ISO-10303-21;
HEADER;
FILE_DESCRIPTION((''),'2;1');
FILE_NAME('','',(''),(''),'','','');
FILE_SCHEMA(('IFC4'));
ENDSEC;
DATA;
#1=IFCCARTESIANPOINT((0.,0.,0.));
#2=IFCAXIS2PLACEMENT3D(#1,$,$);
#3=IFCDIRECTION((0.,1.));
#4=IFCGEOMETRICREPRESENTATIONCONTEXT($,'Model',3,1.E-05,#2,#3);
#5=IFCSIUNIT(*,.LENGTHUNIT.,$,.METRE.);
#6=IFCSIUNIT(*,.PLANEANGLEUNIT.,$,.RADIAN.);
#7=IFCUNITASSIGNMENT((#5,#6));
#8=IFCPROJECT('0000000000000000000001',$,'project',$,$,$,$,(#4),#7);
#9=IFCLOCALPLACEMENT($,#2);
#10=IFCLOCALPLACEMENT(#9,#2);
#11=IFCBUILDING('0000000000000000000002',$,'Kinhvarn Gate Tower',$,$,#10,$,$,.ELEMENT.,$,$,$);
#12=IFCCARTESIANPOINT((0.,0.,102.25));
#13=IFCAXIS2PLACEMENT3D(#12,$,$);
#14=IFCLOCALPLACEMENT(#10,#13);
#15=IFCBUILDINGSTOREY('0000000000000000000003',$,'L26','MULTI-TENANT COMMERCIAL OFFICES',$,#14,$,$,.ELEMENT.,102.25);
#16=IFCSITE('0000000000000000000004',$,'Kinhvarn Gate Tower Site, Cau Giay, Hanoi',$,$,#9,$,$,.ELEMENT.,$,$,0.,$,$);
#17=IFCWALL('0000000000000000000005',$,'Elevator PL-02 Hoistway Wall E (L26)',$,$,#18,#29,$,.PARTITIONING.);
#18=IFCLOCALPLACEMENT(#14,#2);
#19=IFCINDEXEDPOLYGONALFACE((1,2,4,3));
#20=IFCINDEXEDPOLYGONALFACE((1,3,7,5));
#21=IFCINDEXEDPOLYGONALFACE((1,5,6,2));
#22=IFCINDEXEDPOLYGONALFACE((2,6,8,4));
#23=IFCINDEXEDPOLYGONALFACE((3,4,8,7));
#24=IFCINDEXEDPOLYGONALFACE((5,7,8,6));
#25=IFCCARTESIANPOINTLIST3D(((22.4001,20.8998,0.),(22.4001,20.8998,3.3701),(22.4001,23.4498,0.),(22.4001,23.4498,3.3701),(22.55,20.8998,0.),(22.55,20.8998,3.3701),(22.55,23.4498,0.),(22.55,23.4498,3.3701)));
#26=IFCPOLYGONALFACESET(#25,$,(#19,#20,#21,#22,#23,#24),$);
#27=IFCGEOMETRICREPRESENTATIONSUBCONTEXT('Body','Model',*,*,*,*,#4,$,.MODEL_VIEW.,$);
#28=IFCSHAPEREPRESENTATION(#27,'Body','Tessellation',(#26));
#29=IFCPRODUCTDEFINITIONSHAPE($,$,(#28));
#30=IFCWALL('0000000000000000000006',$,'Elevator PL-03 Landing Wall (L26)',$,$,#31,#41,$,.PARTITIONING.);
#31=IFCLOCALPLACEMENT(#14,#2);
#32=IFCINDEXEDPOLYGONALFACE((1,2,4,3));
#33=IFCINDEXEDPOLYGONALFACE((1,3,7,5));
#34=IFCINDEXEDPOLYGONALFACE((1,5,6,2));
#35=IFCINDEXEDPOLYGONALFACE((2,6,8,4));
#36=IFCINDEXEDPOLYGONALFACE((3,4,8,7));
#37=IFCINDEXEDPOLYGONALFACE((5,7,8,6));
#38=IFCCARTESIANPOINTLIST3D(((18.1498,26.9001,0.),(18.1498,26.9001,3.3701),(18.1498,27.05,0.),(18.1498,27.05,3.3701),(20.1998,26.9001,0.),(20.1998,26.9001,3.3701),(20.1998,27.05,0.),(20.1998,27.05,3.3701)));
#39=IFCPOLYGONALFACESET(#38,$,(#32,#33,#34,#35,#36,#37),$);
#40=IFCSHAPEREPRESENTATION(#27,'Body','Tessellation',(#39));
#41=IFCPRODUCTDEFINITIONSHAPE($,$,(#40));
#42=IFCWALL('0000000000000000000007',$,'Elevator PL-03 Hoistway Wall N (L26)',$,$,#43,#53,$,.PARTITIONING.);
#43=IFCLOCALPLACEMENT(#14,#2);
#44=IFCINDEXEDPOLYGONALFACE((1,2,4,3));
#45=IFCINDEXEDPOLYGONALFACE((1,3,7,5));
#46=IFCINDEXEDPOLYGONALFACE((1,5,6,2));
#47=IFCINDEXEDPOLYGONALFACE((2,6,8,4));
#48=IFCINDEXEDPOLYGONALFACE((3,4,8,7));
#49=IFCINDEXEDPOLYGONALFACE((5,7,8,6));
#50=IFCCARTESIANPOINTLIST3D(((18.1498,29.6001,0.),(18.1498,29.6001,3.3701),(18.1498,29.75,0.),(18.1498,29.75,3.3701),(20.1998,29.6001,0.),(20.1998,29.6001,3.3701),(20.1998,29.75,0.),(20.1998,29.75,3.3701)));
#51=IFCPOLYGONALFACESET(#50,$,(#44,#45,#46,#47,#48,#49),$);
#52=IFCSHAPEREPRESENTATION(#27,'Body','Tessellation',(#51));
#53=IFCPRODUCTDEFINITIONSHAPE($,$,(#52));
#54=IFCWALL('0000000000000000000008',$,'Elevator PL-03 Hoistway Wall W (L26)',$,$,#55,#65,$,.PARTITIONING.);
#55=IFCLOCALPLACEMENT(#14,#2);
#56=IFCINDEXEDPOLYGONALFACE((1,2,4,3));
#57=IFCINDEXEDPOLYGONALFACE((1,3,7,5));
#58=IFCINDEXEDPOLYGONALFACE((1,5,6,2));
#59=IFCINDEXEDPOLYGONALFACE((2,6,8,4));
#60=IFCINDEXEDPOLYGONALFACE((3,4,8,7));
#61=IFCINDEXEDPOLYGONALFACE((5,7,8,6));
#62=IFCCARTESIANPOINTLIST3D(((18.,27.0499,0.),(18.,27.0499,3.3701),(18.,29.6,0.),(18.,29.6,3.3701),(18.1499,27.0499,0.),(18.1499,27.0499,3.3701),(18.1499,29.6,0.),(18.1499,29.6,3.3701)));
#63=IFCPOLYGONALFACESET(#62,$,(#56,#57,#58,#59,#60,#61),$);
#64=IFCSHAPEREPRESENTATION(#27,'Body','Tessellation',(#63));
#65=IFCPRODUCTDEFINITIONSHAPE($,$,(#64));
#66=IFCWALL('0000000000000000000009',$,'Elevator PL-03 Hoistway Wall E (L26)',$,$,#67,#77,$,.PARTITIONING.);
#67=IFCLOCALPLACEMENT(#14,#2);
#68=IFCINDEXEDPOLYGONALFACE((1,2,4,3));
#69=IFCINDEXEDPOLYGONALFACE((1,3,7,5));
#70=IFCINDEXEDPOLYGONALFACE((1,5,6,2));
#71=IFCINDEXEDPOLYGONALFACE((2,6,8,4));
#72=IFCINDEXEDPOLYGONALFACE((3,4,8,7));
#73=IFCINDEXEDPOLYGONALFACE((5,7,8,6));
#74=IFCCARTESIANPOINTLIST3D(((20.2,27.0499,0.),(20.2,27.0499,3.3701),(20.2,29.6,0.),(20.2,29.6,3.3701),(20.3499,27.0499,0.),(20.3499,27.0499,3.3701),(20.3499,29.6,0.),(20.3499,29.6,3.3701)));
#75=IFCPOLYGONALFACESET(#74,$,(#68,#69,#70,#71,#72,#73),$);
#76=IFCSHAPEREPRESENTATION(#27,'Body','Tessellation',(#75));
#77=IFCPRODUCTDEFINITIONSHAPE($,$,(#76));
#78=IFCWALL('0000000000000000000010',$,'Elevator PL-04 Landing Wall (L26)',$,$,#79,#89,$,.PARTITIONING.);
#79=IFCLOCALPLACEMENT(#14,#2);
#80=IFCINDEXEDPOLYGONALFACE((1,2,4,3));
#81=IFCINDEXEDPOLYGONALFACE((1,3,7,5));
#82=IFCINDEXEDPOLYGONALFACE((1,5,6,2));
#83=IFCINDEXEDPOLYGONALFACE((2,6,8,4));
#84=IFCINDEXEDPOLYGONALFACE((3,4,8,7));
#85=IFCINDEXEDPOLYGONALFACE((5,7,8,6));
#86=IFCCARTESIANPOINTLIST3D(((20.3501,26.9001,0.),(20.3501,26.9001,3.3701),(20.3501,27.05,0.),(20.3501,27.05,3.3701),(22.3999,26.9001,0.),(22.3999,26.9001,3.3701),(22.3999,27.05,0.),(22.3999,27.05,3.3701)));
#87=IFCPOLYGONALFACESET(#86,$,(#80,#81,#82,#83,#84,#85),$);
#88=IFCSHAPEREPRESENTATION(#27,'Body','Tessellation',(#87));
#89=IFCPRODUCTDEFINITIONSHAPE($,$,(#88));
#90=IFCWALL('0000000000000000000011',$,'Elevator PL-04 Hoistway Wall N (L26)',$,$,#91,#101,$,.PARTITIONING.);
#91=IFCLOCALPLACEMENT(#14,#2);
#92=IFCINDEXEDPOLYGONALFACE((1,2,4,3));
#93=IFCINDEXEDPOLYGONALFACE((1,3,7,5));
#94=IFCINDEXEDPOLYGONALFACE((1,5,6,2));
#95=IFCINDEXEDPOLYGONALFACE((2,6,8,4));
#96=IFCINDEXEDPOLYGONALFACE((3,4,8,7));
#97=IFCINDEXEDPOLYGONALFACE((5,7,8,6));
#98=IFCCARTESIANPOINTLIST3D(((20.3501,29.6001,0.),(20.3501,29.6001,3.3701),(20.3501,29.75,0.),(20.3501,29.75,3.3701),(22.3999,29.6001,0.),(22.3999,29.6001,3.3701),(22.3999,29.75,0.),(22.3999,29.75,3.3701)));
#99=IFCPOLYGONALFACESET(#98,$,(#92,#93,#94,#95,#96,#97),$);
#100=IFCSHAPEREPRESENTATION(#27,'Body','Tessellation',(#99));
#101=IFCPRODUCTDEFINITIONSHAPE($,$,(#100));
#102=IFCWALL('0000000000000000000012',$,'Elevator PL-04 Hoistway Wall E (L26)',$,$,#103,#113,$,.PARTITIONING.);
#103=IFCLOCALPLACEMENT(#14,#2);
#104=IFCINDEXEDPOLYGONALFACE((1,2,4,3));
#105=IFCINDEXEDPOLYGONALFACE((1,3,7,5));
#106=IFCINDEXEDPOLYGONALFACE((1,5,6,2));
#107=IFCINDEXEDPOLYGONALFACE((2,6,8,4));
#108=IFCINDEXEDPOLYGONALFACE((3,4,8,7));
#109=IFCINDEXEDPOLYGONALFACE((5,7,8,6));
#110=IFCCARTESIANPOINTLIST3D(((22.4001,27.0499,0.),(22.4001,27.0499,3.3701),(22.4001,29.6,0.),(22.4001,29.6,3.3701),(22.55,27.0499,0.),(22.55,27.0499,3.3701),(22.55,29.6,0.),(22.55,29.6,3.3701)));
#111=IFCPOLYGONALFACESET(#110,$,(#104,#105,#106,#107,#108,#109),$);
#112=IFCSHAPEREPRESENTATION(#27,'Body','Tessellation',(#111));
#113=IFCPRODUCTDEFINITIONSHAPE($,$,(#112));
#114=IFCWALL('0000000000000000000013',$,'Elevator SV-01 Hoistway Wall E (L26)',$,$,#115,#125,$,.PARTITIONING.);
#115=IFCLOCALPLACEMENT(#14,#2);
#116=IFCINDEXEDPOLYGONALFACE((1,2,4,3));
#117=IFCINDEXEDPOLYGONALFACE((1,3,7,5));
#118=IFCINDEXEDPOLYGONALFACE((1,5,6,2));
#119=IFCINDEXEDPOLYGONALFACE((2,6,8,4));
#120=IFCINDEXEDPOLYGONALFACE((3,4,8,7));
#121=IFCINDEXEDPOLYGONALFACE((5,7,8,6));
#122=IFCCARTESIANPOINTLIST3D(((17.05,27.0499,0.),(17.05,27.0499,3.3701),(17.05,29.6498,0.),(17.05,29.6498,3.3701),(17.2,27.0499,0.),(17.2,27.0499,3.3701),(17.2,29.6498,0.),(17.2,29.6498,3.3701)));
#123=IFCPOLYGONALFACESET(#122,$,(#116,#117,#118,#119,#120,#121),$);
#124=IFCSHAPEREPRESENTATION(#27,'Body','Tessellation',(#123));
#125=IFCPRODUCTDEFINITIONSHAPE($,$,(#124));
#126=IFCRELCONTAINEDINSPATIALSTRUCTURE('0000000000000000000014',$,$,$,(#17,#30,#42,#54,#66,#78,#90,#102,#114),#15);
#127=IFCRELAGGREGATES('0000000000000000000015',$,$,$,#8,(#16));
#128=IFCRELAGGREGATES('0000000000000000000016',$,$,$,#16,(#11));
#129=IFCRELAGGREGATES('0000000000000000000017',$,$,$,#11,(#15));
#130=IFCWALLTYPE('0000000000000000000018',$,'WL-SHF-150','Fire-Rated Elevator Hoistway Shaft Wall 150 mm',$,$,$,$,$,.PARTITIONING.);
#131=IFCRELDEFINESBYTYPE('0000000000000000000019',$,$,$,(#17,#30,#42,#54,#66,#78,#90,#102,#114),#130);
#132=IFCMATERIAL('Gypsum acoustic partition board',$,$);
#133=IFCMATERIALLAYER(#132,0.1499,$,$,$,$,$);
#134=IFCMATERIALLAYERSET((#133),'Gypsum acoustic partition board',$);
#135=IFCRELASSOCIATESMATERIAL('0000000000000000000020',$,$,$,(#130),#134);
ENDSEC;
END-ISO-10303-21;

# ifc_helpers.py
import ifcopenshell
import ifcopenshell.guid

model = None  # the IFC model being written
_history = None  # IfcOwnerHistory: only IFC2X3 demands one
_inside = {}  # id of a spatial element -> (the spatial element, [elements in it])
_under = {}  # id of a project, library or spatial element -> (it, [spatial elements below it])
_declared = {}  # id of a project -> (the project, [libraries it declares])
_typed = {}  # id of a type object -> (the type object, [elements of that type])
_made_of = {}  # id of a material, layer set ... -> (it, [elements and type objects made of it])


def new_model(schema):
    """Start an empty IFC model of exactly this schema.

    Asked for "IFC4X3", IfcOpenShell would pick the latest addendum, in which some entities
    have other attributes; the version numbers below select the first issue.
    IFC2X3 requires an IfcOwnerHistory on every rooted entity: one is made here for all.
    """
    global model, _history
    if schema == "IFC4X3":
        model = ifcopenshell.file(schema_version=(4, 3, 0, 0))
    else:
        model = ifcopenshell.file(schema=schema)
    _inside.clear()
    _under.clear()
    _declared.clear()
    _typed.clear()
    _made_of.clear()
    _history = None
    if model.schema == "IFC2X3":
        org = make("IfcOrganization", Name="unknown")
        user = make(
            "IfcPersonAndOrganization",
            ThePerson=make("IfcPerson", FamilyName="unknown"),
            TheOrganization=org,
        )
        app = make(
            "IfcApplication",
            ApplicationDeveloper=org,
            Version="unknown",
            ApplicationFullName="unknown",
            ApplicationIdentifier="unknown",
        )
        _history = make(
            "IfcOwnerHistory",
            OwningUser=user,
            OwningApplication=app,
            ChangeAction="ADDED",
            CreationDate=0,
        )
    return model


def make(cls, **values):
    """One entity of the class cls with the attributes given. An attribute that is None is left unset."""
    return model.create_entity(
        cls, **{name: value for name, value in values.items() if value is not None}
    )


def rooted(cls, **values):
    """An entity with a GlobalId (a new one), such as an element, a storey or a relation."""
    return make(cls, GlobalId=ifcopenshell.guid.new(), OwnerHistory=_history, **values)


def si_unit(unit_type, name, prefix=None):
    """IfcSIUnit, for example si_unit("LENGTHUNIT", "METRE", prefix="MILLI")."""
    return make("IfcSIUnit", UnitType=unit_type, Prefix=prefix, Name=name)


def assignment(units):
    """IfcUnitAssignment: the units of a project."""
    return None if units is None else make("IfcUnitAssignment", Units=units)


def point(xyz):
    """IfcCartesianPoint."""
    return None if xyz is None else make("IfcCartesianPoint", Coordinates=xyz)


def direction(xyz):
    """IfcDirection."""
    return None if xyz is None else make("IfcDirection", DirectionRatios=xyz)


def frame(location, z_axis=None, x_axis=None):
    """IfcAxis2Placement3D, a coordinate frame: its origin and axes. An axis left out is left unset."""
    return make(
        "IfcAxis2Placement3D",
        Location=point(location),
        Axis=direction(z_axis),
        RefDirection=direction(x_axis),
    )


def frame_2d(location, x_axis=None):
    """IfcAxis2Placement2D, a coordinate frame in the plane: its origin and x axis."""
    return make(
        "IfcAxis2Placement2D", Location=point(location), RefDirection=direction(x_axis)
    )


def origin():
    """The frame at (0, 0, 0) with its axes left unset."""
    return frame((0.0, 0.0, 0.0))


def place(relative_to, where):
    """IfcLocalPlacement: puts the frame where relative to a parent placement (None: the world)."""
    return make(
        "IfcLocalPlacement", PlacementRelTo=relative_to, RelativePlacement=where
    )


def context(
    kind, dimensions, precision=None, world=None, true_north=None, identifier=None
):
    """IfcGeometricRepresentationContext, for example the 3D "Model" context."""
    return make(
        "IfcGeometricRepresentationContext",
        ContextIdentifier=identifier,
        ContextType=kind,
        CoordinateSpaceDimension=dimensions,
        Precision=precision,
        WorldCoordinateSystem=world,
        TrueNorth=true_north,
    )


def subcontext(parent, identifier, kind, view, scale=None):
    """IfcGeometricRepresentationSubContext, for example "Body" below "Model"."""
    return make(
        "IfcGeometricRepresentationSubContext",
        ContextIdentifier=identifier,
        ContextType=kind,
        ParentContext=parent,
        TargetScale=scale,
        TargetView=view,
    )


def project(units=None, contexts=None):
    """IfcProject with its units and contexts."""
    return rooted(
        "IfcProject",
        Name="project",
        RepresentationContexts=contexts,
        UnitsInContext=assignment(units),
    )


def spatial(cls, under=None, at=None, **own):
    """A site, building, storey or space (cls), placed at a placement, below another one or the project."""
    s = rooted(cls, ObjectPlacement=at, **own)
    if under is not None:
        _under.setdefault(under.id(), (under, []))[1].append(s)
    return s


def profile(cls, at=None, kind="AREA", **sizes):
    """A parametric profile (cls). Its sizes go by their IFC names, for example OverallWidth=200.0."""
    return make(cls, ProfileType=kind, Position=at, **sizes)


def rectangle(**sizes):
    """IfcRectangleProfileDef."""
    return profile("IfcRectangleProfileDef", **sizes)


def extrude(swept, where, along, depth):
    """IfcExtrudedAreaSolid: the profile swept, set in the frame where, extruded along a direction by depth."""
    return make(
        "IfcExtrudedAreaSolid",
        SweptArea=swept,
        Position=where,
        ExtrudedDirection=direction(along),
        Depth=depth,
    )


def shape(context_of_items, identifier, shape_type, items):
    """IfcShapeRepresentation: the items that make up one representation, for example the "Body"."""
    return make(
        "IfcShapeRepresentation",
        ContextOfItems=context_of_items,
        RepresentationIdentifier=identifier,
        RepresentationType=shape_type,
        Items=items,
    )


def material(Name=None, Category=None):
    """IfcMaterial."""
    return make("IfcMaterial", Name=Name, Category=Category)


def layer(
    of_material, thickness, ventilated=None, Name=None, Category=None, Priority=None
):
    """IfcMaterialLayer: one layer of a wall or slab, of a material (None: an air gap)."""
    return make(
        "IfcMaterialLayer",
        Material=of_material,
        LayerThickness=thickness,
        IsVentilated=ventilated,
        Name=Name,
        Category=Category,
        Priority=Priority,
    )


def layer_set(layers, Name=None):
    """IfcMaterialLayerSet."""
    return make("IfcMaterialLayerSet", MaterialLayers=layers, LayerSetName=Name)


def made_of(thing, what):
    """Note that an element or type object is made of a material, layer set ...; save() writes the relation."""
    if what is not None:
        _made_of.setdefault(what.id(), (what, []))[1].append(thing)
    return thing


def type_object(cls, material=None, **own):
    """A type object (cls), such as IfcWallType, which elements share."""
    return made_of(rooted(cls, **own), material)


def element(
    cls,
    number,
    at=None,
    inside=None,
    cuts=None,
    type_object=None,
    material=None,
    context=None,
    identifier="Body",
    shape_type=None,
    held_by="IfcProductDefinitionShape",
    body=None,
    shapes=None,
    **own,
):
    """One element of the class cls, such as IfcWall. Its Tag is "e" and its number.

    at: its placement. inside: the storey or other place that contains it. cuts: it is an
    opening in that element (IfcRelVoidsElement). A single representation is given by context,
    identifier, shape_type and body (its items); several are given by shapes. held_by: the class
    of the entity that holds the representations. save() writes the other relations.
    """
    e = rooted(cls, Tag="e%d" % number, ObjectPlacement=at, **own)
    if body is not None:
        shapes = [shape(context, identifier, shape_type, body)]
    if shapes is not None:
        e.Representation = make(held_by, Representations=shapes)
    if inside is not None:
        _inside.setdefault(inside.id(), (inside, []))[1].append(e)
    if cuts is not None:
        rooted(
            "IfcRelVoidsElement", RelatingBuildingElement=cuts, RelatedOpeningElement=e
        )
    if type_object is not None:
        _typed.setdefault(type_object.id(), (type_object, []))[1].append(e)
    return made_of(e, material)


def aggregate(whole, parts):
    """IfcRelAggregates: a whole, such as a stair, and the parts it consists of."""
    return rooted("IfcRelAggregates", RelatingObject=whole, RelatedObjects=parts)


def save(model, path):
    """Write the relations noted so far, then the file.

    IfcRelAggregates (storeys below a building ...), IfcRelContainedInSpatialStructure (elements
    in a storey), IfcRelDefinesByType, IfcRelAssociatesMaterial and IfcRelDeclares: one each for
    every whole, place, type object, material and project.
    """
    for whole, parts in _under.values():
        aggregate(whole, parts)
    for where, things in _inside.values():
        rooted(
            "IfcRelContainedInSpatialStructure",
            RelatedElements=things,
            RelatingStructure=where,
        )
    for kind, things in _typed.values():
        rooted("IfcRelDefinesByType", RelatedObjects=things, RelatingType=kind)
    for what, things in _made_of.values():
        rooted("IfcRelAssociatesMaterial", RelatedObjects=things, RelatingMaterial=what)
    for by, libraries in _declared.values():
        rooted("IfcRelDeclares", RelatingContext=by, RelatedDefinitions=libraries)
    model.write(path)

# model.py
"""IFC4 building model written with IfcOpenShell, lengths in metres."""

from ifc_helpers import new_model, si_unit, direction, frame, frame_2d, origin, place, context, subcontext, project, spatial, rectangle, extrude, material, layer, layer_set, type_object, element, save


model = new_model("IFC4")

# Units and contexts
model_context = context("Model", 3, precision=1e-05, world=origin(), true_north=direction((0.0, 1.0)))
body_context = subcontext(model_context, "Body", "Model", "MODEL_VIEW")
ifc_project = project(units=[si_unit("LENGTHUNIT", "METRE"), si_unit("PLANEANGLEUNIT", "RADIAN")], contexts=[model_context])

# Site, building, storey
site_placement = place(None, origin())
site = spatial("IfcSite", under=ifc_project, at=site_placement, Name="Kinhvarn Gate Tower Site, Cau Giay, Hanoi", CompositionType="ELEMENT", RefElevation=0.0)
building_placement = place(site_placement, origin())
building = spatial("IfcBuilding", under=site, at=building_placement, Name="Kinhvarn Gate Tower", CompositionType="ELEMENT")
storey_placement = place(building_placement, frame((0.0, 0.0, 102.25)))
storey = spatial("IfcBuildingStorey", under=building, at=storey_placement, Name="L26", Description="MULTI-TENANT COMMERCIAL OFFICES", CompositionType="ELEMENT", Elevation=102.25)

# Shared definitions
ifc_material_1 = material(Name="Gypsum acoustic partition board")

# Walls
ifc_layer_1 = layer(ifc_material_1, 0.1499)
ifc_layer_set_1 = layer_set([ifc_layer_1], Name="Gypsum acoustic partition board")
wall_type_1 = type_object("IfcWallType", Name="WL-SHF-150", Description="Fire-Rated Elevator Hoistway Shaft Wall 150 mm", PredefinedType="PARTITIONING", material=ifc_layer_set_1)
wall_1_placement = place(storey_placement, frame((22.4751, 20.8999, 0.0), z_axis=(0.0, 0.0, 1.0), x_axis=(0.0, 1.0, 0.0)))
element("IfcWall", 1, at=wall_1_placement, inside=storey, type_object=wall_type_1, Name="Elevator PL-02 Hoistway Wall E (L26)", PredefinedType="PARTITIONING", context=body_context, shape_type="SweptSolid", body=[
    extrude(rectangle(XDim=2.55, YDim=0.1499, at=frame_2d((1.2749, 0.0))), origin(), (0.0, 0.0, 1.0), 3.3701),
])
for number, where, z_axis, x_axis, name in (
    (2, (18.1499, 26.9751, 0.0), (0.0, 0.0, 1.0), (1.0, 0.0, 0.0), "Elevator PL-03 Landing Wall (L26)"),
    (3, (18.1499, 29.675, 0.0), (0.0, 0.0, 1.0), (1.0, 0.0, 0.0), "Elevator PL-03 Hoistway Wall N (L26)"),
):
    element("IfcWall", number, at=place(storey_placement, frame(where, z_axis=z_axis, x_axis=x_axis)), inside=storey, type_object=wall_type_1, Name=name, PredefinedType="PARTITIONING", context=body_context, shape_type="SweptSolid", body=[
        extrude(rectangle(XDim=2.05, YDim=0.1499, at=frame_2d((1.0249, 0.0))), origin(), (0.0, 0.0, 1.0), 3.3701),
    ])
for number, where, z_axis, x_axis, name in (
    (4, (18.075, 27.05, 0.0), (0.0, 0.0, 1.0), (0.0, 1.0, 0.0), "Elevator PL-03 Hoistway Wall W (L26)"),
    (5, (20.2749, 27.05, 0.0), (0.0, 0.0, 1.0), (0.0, 1.0, 0.0), "Elevator PL-03 Hoistway Wall E (L26)"),
):
    element("IfcWall", number, at=place(storey_placement, frame(where, z_axis=z_axis, x_axis=x_axis)), inside=storey, type_object=wall_type_1, Name=name, PredefinedType="PARTITIONING", context=body_context, shape_type="SweptSolid", body=[
        extrude(rectangle(XDim=2.55, YDim=0.1499, at=frame_2d((1.2749, 0.0))), origin(), (0.0, 0.0, 1.0), 3.3701),
    ])
for number, where, z_axis, x_axis, name in (
    (6, (20.3501, 26.9751, 0.0), (0.0, 0.0, 1.0), (1.0, 0.0, 0.0), "Elevator PL-04 Landing Wall (L26)"),
    (7, (20.3501, 29.675, 0.0), (0.0, 0.0, 1.0), (1.0, 0.0, 0.0), "Elevator PL-04 Hoistway Wall N (L26)"),
):
    element("IfcWall", number, at=place(storey_placement, frame(where, z_axis=z_axis, x_axis=x_axis)), inside=storey, type_object=wall_type_1, Name=name, PredefinedType="PARTITIONING", context=body_context, shape_type="SweptSolid", body=[
        extrude(rectangle(XDim=2.0498, YDim=0.1499, at=frame_2d((1.0249, 0.0))), origin(), (0.0, 0.0, 1.0), 3.3701),
    ])
wall_2_placement = place(storey_placement, frame((22.4751, 27.05, 0.0), z_axis=(0.0, 0.0, 1.0), x_axis=(0.0, 1.0, 0.0)))
element("IfcWall", 8, at=wall_2_placement, inside=storey, type_object=wall_type_1, Name="Elevator PL-04 Hoistway Wall E (L26)", PredefinedType="PARTITIONING", context=body_context, shape_type="SweptSolid", body=[
    extrude(rectangle(XDim=2.55, YDim=0.1499, at=frame_2d((1.2749, 0.0))), origin(), (0.0, 0.0, 1.0), 3.3701),
])
wall_3_placement = place(storey_placement, frame((17.125, 27.05, 0.0), z_axis=(0.0, 0.0, 1.0), x_axis=(0.0, 1.0, 0.0)))
element("IfcWall", 9, at=wall_3_placement, inside=storey, type_object=wall_type_1, Name="Elevator SV-01 Hoistway Wall E (L26)", PredefinedType="PARTITIONING", context=body_context, shape_type="SweptSolid", body=[
    extrude(rectangle(XDim=2.5999, YDim=0.1499, at=frame_2d((1.2998, 0.0))), origin(), (0.0, 0.0, 1.0), 3.3701),
])

save(model, "model.ifc")
